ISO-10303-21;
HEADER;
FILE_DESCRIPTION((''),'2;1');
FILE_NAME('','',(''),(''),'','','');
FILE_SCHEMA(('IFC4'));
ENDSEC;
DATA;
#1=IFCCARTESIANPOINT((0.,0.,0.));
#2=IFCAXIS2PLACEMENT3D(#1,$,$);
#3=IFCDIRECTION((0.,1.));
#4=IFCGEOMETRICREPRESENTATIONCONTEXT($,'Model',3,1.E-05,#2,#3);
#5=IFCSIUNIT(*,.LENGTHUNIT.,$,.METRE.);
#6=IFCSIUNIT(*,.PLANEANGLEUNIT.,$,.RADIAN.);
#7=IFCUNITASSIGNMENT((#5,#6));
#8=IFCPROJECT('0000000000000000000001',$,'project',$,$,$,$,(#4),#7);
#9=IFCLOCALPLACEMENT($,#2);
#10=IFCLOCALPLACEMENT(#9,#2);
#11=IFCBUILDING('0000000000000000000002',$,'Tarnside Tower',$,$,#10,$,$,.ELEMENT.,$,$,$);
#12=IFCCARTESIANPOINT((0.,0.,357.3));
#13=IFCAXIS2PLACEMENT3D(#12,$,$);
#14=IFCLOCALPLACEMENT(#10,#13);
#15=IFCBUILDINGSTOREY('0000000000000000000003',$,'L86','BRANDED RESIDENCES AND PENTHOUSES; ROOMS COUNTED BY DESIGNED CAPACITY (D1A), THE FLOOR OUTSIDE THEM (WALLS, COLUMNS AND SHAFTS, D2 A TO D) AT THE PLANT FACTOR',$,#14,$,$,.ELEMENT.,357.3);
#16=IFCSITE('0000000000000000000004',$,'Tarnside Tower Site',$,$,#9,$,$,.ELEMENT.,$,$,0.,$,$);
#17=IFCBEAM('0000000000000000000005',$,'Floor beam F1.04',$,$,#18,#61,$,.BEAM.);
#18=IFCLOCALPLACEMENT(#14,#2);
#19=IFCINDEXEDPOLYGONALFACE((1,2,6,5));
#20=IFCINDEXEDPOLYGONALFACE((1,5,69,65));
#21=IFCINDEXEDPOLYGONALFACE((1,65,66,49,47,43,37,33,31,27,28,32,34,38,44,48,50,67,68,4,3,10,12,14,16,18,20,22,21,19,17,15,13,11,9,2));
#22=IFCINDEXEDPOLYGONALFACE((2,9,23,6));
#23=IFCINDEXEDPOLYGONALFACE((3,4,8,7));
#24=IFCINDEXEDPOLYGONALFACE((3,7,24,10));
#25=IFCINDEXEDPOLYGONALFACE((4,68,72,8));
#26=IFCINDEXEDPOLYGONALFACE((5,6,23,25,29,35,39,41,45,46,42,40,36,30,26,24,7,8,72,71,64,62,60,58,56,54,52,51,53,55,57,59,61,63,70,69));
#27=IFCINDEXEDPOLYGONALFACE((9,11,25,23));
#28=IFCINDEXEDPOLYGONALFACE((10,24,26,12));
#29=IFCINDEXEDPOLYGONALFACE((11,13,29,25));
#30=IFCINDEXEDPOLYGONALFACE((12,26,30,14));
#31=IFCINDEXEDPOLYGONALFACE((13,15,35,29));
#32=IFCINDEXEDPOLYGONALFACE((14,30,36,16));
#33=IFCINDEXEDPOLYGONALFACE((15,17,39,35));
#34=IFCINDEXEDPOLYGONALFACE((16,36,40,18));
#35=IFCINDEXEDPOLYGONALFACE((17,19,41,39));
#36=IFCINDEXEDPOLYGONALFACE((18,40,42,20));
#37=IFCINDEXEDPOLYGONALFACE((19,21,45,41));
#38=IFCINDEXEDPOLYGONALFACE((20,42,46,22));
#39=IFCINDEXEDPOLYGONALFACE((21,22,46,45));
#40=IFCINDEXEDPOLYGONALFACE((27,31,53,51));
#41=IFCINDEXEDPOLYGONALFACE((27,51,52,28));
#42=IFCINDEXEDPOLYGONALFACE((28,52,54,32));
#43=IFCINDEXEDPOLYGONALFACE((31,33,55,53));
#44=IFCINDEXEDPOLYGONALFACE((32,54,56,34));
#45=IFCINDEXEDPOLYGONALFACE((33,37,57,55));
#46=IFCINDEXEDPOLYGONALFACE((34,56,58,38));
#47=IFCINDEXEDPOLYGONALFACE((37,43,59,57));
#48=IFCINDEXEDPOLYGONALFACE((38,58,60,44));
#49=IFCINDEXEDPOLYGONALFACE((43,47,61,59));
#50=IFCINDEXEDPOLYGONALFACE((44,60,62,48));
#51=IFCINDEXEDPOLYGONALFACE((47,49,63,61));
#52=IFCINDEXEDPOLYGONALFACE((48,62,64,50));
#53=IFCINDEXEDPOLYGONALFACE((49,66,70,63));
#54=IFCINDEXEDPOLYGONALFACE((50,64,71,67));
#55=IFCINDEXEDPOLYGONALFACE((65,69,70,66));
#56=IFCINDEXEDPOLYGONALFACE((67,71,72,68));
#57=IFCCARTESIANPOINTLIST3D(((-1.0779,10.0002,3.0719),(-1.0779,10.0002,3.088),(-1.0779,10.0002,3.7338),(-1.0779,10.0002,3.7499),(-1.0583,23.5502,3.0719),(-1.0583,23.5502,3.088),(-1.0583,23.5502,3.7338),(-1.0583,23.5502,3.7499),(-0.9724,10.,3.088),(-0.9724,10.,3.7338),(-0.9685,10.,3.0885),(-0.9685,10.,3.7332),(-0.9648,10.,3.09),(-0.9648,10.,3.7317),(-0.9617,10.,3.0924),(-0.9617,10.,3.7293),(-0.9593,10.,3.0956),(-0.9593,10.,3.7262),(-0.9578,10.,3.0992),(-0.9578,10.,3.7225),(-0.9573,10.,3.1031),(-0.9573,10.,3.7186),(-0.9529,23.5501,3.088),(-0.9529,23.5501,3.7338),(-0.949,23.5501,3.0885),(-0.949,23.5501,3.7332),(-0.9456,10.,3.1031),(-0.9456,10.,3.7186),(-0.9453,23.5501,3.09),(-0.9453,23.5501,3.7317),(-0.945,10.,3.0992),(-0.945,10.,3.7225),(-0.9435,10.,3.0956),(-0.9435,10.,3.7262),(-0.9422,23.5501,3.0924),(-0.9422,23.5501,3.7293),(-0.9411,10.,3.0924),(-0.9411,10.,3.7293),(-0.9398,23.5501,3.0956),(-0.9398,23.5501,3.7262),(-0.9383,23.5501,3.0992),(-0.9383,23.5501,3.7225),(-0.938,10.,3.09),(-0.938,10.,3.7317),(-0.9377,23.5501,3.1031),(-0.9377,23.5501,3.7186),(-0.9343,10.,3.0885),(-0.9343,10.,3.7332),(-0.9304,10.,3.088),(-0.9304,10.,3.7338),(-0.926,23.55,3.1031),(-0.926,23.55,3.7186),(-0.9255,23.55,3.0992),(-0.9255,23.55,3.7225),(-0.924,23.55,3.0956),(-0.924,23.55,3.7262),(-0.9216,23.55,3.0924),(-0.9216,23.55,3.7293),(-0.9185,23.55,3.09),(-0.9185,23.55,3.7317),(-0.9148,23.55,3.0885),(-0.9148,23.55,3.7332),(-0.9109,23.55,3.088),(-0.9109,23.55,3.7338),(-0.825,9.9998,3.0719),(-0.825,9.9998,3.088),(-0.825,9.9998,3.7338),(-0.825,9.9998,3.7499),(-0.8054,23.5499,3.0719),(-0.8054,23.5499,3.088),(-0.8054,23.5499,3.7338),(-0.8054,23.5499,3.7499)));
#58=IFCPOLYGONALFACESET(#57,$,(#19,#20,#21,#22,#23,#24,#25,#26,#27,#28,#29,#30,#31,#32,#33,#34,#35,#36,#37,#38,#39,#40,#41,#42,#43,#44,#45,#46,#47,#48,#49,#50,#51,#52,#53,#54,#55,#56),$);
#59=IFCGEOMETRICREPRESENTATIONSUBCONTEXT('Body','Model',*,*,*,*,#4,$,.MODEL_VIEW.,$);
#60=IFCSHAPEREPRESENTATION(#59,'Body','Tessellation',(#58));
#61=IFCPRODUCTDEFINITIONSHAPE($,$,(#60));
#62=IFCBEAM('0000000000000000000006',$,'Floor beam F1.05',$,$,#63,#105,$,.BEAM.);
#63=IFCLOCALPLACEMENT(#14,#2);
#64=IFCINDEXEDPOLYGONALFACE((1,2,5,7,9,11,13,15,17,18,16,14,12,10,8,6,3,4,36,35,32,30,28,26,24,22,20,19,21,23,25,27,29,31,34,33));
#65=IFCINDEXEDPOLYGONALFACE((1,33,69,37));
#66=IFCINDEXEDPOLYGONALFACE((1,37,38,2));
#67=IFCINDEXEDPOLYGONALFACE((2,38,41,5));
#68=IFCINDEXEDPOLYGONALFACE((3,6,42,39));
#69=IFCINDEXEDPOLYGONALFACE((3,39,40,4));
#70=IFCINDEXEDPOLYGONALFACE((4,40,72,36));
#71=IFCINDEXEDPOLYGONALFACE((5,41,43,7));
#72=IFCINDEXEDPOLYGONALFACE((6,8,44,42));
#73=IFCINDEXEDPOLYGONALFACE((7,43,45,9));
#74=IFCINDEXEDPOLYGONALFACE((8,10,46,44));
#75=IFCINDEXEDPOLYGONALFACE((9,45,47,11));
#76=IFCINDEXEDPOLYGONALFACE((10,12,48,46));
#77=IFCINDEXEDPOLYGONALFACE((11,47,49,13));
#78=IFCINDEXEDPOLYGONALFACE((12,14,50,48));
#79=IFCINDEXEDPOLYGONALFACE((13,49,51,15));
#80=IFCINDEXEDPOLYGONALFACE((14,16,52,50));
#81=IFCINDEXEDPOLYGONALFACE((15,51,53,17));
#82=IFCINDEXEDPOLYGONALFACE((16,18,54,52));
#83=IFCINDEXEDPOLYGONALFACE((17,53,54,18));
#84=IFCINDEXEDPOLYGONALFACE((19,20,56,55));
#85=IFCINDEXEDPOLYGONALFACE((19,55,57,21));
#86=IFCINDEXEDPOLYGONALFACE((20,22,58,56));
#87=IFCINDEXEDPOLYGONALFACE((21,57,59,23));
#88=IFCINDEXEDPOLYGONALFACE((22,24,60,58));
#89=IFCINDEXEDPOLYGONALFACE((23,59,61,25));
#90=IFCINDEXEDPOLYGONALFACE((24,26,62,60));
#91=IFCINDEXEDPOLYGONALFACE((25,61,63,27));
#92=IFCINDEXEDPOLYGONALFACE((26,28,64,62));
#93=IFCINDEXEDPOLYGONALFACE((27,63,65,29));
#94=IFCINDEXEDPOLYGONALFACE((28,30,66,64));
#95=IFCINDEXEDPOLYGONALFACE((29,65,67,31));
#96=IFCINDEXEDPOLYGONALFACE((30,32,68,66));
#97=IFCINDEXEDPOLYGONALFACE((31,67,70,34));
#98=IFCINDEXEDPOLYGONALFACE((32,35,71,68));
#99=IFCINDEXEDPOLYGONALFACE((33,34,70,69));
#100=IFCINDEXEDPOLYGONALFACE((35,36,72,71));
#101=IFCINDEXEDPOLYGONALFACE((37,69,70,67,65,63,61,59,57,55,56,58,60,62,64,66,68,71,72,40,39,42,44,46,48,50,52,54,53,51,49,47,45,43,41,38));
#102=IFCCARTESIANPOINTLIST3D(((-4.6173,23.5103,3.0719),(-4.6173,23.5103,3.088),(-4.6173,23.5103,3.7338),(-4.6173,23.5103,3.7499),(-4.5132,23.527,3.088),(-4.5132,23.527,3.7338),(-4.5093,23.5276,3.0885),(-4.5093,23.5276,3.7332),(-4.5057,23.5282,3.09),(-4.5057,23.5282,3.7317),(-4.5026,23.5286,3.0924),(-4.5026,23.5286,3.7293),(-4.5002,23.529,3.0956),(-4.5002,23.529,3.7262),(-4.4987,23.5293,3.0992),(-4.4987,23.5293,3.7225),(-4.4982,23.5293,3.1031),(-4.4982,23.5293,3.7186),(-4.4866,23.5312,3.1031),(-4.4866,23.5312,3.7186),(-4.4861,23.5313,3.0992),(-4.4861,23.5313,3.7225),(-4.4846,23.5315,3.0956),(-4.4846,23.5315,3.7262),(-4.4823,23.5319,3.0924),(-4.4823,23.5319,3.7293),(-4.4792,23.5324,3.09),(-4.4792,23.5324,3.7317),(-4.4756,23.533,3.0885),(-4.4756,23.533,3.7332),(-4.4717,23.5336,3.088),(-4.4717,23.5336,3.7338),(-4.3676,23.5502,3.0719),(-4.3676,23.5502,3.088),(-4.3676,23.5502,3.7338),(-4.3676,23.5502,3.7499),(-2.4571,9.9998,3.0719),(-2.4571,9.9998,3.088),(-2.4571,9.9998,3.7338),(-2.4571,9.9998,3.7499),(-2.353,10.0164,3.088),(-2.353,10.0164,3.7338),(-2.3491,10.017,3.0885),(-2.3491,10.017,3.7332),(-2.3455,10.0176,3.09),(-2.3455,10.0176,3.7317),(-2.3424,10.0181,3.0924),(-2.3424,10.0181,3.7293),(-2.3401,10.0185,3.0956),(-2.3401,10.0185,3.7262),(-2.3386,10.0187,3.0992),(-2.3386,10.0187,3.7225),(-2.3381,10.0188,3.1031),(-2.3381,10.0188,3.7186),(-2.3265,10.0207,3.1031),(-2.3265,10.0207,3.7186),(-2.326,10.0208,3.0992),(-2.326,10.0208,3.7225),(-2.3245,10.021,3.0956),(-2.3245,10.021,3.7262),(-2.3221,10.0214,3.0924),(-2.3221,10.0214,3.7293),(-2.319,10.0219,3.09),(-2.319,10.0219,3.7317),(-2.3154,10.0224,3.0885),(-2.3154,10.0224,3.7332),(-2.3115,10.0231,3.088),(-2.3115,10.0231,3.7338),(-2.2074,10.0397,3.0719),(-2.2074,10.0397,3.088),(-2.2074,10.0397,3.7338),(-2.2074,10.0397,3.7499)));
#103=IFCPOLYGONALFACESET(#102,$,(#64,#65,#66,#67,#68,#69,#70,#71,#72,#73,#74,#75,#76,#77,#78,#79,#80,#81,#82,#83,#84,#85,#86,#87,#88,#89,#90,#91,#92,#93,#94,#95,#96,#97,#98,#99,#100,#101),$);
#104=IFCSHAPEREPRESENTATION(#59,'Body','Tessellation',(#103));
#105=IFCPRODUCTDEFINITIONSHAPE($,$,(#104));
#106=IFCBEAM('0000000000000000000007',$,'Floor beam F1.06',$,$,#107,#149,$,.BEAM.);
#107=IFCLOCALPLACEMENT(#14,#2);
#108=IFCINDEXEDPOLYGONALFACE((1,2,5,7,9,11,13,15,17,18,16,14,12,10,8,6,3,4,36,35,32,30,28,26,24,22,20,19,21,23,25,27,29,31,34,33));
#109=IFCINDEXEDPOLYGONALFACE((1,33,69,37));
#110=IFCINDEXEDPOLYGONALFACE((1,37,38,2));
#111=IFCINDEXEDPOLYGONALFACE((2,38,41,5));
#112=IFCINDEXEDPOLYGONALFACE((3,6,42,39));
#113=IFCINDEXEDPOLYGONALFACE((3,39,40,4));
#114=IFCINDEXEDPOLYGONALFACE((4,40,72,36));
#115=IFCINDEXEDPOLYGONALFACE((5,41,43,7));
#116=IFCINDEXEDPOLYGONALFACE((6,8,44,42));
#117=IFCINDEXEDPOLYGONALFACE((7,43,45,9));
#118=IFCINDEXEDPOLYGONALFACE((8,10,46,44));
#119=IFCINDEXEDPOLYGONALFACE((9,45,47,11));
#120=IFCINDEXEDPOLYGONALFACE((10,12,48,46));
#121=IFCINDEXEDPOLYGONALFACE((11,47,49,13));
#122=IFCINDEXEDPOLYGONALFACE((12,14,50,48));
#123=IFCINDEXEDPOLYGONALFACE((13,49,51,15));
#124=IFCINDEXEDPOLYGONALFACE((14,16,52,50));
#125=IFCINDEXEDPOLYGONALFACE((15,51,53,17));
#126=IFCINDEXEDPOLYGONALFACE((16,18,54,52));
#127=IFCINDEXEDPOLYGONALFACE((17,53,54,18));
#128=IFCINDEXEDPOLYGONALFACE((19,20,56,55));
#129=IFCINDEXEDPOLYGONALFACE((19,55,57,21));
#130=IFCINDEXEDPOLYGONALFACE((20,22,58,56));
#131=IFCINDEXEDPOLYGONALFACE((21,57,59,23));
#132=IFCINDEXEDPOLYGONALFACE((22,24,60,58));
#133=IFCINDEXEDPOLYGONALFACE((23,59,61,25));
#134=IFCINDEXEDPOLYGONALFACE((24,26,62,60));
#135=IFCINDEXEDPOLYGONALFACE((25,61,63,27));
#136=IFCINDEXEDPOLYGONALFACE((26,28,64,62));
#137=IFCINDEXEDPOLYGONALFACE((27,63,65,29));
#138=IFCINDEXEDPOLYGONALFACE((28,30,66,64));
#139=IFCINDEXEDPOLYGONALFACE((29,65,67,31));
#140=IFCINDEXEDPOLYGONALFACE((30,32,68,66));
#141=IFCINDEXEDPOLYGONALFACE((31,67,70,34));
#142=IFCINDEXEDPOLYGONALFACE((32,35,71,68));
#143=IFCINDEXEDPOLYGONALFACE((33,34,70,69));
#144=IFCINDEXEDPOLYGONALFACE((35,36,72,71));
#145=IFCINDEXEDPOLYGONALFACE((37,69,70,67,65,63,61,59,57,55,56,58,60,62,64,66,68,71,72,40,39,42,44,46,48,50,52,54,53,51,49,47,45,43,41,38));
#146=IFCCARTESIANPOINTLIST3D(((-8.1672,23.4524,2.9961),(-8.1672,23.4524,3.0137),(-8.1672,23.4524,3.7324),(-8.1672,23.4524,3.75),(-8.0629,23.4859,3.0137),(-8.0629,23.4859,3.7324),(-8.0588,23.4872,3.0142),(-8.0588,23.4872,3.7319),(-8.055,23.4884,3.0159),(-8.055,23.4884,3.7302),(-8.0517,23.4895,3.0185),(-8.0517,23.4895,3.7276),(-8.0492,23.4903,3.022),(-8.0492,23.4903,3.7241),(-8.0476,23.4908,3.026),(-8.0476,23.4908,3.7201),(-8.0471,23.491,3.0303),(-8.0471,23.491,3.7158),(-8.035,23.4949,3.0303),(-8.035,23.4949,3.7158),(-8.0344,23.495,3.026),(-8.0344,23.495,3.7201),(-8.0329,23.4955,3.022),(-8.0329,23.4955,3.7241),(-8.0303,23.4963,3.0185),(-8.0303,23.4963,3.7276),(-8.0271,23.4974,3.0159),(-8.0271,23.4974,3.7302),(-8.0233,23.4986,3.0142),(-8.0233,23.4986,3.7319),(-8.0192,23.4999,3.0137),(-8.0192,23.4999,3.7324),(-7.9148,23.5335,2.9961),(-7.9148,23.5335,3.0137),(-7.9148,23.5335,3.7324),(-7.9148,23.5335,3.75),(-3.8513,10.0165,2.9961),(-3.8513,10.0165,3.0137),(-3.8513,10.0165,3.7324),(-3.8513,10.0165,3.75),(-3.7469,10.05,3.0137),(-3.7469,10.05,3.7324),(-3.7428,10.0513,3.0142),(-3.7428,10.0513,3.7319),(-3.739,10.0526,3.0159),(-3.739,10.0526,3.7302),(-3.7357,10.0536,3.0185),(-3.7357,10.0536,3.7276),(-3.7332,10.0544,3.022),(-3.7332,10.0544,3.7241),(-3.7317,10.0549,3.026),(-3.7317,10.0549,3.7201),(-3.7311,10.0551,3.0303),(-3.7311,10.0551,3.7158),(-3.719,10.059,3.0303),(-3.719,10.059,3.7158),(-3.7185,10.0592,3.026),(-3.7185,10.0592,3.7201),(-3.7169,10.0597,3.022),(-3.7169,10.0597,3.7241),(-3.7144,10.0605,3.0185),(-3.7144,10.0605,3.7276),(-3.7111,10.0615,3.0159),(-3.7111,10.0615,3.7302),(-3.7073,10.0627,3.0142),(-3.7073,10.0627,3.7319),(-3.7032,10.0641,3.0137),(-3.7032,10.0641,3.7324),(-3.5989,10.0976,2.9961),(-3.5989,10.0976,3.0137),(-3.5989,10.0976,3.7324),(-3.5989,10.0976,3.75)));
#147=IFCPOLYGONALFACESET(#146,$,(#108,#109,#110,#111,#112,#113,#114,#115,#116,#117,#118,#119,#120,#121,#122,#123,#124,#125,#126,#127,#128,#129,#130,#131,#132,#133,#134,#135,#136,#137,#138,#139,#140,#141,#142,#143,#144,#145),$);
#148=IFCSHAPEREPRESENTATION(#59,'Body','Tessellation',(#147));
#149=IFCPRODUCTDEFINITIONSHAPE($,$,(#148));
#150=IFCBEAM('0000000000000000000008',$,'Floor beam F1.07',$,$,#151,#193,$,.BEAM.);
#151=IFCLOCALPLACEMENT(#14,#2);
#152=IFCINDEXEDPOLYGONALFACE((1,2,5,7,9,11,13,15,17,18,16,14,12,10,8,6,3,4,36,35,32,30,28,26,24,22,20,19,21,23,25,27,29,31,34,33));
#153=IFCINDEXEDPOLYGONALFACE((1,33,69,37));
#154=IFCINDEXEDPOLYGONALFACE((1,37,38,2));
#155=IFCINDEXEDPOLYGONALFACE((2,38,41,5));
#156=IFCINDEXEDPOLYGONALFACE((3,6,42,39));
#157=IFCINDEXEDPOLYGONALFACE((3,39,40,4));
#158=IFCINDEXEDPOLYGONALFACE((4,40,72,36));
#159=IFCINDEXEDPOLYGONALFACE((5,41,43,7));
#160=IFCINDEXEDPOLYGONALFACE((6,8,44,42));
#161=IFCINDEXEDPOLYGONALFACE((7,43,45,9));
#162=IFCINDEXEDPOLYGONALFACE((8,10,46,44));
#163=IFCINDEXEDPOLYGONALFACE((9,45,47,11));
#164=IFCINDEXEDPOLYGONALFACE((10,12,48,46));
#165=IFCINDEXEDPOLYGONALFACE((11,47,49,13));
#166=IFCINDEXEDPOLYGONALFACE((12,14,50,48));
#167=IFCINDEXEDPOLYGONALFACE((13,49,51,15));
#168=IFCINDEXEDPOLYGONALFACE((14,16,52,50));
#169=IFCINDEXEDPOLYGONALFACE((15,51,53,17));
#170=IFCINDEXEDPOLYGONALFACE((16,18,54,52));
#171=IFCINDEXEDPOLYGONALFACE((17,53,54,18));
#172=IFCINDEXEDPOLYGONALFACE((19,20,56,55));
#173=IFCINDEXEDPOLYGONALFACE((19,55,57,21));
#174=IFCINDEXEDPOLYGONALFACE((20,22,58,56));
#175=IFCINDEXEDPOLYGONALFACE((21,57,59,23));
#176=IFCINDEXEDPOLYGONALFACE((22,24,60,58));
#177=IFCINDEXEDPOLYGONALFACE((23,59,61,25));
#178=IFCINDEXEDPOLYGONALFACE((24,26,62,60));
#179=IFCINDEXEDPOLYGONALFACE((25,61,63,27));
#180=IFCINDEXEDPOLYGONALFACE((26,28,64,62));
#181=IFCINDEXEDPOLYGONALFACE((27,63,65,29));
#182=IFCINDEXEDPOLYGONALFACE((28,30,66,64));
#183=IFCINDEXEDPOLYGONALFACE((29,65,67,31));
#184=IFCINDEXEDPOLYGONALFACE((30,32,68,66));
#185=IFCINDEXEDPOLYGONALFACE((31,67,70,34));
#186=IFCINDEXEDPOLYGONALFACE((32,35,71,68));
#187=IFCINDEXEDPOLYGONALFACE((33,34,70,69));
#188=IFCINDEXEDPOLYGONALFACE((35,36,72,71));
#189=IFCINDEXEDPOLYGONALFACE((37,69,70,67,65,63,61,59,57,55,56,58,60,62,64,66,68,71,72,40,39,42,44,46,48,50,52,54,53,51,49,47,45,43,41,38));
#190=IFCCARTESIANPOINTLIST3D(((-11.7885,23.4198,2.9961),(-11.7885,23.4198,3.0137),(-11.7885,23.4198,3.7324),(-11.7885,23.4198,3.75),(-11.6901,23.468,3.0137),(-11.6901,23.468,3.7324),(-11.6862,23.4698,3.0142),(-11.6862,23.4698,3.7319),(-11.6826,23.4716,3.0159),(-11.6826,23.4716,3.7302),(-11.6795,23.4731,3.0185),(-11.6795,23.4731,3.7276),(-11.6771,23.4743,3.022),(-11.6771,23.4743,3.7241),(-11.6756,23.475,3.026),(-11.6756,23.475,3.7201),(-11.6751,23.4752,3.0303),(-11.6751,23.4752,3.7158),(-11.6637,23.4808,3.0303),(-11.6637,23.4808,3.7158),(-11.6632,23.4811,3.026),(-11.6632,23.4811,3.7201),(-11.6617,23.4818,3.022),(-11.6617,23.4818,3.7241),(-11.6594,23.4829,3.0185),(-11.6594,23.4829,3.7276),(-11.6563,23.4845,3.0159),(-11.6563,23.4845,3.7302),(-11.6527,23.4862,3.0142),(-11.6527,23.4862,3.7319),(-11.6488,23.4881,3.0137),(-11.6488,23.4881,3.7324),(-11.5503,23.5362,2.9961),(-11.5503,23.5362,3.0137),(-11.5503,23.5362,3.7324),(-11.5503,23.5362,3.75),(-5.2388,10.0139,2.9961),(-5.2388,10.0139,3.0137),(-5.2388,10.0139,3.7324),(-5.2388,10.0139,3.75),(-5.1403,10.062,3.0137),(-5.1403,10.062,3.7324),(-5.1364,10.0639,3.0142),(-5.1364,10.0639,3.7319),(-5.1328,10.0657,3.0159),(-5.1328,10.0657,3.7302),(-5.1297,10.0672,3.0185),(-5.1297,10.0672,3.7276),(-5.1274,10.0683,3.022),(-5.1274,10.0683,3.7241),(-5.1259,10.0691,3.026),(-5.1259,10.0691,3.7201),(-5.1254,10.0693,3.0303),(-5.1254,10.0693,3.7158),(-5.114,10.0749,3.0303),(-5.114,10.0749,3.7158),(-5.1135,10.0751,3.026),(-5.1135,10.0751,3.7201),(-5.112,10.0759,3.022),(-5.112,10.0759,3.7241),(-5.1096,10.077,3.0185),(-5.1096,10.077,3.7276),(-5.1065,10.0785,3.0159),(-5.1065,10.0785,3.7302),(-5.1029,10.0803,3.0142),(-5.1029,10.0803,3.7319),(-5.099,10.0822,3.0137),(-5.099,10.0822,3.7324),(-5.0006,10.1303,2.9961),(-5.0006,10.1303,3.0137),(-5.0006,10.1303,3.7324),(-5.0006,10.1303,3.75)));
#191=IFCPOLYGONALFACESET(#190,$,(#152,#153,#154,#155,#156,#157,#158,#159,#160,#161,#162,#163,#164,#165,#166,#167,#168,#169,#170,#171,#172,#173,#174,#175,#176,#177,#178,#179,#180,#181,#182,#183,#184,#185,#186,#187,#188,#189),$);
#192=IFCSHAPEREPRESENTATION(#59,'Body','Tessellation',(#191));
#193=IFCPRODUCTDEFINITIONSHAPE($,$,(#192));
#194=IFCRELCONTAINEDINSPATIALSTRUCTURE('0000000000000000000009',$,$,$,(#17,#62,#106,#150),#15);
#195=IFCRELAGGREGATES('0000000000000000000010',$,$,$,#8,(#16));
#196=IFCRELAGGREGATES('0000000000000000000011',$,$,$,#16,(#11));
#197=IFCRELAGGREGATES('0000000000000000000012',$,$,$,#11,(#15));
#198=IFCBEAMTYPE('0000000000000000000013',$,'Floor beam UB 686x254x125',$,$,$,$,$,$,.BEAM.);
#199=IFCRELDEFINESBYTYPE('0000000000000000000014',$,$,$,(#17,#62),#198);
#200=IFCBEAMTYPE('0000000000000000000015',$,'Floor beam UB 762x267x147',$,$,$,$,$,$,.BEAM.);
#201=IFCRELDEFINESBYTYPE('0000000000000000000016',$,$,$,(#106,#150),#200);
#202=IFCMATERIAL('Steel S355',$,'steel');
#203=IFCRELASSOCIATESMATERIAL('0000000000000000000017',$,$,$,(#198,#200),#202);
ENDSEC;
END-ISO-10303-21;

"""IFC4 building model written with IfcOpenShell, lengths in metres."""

from ifc_helpers import new_model, si_unit, direction, frame, origin, origin_2d, place, context, subcontext, project, spatial, i_section, extrude, material, material_profile, profile_set, type_object, element, save


model = new_model("IFC4")

# Units and contexts
model_context = context("Model", 3, precision=1e-05, world=origin(), true_north=direction((0.0, 1.0)))
body_context = subcontext(model_context, "Body", "Model", "MODEL_VIEW")
ifc_project = project(units=[si_unit("LENGTHUNIT", "METRE"), si_unit("PLANEANGLEUNIT", "RADIAN")], contexts=[model_context])

# Site, building, storey
site_placement = place(None, origin())
site = spatial("IfcSite", under=ifc_project, at=site_placement, Name="Tarnside Tower Site", CompositionType="ELEMENT", RefElevation=0.0)
building_placement = place(site_placement, origin())
building = spatial("IfcBuilding", under=site, at=building_placement, Name="Tarnside Tower", CompositionType="ELEMENT")
storey_placement = place(building_placement, frame((0.0, 0.0, 357.3)))
storey = spatial("IfcBuildingStorey", under=building, at=storey_placement, Name="L86", Description="BRANDED RESIDENCES AND PENTHOUSES; ROOMS COUNTED BY DESIGNED CAPACITY (D1A), THE FLOOR OUTSIDE THEM (WALLS, COLUMNS AND SHAFTS, D2 A TO D) AT THE PLANT FACTOR", CompositionType="ELEMENT", Elevation=357.3)

# Beams
ifc_material_1 = material(Name="Steel S355", Category="steel")
ifc_material_profile_1 = material_profile(ifc_material_1, i_section(OverallWidth=0.2529, OverallDepth=0.678, WebThickness=0.0117, FlangeThickness=0.0161, FilletRadius=0.0151, at=origin_2d()), Name="UB 686x254x125")
ifc_profile_set_1 = profile_set([ifc_material_profile_1], Name="Steel S355")
beam_type_1 = type_object("IfcBeamType", Name="Floor beam UB 686x254x125", PredefinedType="BEAM", material=ifc_profile_set_1)
beam_1_placement = place(storey_placement, frame((-0.9319, 23.55, 3.4109), z_axis=(-0.001441, -0.999999, 0.0), x_axis=(0.999999, -0.001441, 0.0)))
element("IfcBeam", 1, at=beam_1_placement, inside=storey, type_object=beam_type_1, Name="Floor beam F1.04", PredefinedType="BEAM", context=body_context, shape_type="SweptSolid", body=[
    extrude(i_section(OverallWidth=0.2529, OverallDepth=0.678, WebThickness=0.0117, FlangeThickness=0.0161, FilletRadius=0.0151, at=origin_2d()), origin(), (0.0, 0.0, 1.0), 13.55),
])
beam_2_placement = place(storey_placement, frame((-4.4924, 23.5303, 3.4109), z_axis=(0.157882, -0.987458, 0.0), x_axis=(0.987458, 0.157882, 0.0)))
element("IfcBeam", 2, at=beam_2_placement, inside=storey, type_object=beam_type_1, Name="Floor beam F1.05", PredefinedType="BEAM", context=body_context, shape_type="SweptSolid", body=[
    extrude(i_section(OverallWidth=0.2529, OverallDepth=0.678, WebThickness=0.0117, FlangeThickness=0.0161, FilletRadius=0.0151, at=origin_2d()), origin(), (0.0, 0.0, 1.0), 13.6821),
])
ifc_material_profile_2 = material_profile(ifc_material_1, i_section(OverallWidth=0.2651, OverallDepth=0.7539, WebThickness=0.0127, FlangeThickness=0.0176, FilletRadius=0.0166, at=origin_2d()), Name="UB 762x267x147")
ifc_profile_set_2 = profile_set([ifc_material_profile_2], Name="Steel S355")
beam_type_2 = type_object("IfcBeamType", Name="Floor beam UB 762x267x147", PredefinedType="BEAM", material=ifc_profile_set_2)
beam_3_placement = place(storey_placement, frame((-8.041, 23.4929, 3.373), z_axis=(0.305834, -0.952085, 0.0), x_axis=(0.952085, 0.305834, 0.0)))
element("IfcBeam", 3, at=beam_3_placement, inside=storey, type_object=beam_type_2, Name="Floor beam F1.06", PredefinedType="BEAM", context=body_context, shape_type="SweptSolid", body=[
    extrude(i_section(OverallWidth=0.2651, OverallDepth=0.7539, WebThickness=0.0127, FlangeThickness=0.0176, FilletRadius=0.0166, at=origin_2d()), origin(), (0.0, 0.0, 1.0), 14.1121),
])
beam_4_placement = place(storey_placement, frame((-11.6694, 23.478, 3.373), z_axis=(0.438981, -0.898497, 0.0), x_axis=(0.898497, 0.438981, 0.0)))
element("IfcBeam", 4, at=beam_4_placement, inside=storey, type_object=beam_type_2, Name="Floor beam F1.07", PredefinedType="BEAM", context=body_context, shape_type="SweptSolid", body=[
    extrude(i_section(OverallWidth=0.2651, OverallDepth=0.7539, WebThickness=0.0127, FlangeThickness=0.0176, FilletRadius=0.0166, at=origin_2d()), origin(), (0.0, 0.0, 1.0), 14.9204),
])

save(model, "model.ifc")
